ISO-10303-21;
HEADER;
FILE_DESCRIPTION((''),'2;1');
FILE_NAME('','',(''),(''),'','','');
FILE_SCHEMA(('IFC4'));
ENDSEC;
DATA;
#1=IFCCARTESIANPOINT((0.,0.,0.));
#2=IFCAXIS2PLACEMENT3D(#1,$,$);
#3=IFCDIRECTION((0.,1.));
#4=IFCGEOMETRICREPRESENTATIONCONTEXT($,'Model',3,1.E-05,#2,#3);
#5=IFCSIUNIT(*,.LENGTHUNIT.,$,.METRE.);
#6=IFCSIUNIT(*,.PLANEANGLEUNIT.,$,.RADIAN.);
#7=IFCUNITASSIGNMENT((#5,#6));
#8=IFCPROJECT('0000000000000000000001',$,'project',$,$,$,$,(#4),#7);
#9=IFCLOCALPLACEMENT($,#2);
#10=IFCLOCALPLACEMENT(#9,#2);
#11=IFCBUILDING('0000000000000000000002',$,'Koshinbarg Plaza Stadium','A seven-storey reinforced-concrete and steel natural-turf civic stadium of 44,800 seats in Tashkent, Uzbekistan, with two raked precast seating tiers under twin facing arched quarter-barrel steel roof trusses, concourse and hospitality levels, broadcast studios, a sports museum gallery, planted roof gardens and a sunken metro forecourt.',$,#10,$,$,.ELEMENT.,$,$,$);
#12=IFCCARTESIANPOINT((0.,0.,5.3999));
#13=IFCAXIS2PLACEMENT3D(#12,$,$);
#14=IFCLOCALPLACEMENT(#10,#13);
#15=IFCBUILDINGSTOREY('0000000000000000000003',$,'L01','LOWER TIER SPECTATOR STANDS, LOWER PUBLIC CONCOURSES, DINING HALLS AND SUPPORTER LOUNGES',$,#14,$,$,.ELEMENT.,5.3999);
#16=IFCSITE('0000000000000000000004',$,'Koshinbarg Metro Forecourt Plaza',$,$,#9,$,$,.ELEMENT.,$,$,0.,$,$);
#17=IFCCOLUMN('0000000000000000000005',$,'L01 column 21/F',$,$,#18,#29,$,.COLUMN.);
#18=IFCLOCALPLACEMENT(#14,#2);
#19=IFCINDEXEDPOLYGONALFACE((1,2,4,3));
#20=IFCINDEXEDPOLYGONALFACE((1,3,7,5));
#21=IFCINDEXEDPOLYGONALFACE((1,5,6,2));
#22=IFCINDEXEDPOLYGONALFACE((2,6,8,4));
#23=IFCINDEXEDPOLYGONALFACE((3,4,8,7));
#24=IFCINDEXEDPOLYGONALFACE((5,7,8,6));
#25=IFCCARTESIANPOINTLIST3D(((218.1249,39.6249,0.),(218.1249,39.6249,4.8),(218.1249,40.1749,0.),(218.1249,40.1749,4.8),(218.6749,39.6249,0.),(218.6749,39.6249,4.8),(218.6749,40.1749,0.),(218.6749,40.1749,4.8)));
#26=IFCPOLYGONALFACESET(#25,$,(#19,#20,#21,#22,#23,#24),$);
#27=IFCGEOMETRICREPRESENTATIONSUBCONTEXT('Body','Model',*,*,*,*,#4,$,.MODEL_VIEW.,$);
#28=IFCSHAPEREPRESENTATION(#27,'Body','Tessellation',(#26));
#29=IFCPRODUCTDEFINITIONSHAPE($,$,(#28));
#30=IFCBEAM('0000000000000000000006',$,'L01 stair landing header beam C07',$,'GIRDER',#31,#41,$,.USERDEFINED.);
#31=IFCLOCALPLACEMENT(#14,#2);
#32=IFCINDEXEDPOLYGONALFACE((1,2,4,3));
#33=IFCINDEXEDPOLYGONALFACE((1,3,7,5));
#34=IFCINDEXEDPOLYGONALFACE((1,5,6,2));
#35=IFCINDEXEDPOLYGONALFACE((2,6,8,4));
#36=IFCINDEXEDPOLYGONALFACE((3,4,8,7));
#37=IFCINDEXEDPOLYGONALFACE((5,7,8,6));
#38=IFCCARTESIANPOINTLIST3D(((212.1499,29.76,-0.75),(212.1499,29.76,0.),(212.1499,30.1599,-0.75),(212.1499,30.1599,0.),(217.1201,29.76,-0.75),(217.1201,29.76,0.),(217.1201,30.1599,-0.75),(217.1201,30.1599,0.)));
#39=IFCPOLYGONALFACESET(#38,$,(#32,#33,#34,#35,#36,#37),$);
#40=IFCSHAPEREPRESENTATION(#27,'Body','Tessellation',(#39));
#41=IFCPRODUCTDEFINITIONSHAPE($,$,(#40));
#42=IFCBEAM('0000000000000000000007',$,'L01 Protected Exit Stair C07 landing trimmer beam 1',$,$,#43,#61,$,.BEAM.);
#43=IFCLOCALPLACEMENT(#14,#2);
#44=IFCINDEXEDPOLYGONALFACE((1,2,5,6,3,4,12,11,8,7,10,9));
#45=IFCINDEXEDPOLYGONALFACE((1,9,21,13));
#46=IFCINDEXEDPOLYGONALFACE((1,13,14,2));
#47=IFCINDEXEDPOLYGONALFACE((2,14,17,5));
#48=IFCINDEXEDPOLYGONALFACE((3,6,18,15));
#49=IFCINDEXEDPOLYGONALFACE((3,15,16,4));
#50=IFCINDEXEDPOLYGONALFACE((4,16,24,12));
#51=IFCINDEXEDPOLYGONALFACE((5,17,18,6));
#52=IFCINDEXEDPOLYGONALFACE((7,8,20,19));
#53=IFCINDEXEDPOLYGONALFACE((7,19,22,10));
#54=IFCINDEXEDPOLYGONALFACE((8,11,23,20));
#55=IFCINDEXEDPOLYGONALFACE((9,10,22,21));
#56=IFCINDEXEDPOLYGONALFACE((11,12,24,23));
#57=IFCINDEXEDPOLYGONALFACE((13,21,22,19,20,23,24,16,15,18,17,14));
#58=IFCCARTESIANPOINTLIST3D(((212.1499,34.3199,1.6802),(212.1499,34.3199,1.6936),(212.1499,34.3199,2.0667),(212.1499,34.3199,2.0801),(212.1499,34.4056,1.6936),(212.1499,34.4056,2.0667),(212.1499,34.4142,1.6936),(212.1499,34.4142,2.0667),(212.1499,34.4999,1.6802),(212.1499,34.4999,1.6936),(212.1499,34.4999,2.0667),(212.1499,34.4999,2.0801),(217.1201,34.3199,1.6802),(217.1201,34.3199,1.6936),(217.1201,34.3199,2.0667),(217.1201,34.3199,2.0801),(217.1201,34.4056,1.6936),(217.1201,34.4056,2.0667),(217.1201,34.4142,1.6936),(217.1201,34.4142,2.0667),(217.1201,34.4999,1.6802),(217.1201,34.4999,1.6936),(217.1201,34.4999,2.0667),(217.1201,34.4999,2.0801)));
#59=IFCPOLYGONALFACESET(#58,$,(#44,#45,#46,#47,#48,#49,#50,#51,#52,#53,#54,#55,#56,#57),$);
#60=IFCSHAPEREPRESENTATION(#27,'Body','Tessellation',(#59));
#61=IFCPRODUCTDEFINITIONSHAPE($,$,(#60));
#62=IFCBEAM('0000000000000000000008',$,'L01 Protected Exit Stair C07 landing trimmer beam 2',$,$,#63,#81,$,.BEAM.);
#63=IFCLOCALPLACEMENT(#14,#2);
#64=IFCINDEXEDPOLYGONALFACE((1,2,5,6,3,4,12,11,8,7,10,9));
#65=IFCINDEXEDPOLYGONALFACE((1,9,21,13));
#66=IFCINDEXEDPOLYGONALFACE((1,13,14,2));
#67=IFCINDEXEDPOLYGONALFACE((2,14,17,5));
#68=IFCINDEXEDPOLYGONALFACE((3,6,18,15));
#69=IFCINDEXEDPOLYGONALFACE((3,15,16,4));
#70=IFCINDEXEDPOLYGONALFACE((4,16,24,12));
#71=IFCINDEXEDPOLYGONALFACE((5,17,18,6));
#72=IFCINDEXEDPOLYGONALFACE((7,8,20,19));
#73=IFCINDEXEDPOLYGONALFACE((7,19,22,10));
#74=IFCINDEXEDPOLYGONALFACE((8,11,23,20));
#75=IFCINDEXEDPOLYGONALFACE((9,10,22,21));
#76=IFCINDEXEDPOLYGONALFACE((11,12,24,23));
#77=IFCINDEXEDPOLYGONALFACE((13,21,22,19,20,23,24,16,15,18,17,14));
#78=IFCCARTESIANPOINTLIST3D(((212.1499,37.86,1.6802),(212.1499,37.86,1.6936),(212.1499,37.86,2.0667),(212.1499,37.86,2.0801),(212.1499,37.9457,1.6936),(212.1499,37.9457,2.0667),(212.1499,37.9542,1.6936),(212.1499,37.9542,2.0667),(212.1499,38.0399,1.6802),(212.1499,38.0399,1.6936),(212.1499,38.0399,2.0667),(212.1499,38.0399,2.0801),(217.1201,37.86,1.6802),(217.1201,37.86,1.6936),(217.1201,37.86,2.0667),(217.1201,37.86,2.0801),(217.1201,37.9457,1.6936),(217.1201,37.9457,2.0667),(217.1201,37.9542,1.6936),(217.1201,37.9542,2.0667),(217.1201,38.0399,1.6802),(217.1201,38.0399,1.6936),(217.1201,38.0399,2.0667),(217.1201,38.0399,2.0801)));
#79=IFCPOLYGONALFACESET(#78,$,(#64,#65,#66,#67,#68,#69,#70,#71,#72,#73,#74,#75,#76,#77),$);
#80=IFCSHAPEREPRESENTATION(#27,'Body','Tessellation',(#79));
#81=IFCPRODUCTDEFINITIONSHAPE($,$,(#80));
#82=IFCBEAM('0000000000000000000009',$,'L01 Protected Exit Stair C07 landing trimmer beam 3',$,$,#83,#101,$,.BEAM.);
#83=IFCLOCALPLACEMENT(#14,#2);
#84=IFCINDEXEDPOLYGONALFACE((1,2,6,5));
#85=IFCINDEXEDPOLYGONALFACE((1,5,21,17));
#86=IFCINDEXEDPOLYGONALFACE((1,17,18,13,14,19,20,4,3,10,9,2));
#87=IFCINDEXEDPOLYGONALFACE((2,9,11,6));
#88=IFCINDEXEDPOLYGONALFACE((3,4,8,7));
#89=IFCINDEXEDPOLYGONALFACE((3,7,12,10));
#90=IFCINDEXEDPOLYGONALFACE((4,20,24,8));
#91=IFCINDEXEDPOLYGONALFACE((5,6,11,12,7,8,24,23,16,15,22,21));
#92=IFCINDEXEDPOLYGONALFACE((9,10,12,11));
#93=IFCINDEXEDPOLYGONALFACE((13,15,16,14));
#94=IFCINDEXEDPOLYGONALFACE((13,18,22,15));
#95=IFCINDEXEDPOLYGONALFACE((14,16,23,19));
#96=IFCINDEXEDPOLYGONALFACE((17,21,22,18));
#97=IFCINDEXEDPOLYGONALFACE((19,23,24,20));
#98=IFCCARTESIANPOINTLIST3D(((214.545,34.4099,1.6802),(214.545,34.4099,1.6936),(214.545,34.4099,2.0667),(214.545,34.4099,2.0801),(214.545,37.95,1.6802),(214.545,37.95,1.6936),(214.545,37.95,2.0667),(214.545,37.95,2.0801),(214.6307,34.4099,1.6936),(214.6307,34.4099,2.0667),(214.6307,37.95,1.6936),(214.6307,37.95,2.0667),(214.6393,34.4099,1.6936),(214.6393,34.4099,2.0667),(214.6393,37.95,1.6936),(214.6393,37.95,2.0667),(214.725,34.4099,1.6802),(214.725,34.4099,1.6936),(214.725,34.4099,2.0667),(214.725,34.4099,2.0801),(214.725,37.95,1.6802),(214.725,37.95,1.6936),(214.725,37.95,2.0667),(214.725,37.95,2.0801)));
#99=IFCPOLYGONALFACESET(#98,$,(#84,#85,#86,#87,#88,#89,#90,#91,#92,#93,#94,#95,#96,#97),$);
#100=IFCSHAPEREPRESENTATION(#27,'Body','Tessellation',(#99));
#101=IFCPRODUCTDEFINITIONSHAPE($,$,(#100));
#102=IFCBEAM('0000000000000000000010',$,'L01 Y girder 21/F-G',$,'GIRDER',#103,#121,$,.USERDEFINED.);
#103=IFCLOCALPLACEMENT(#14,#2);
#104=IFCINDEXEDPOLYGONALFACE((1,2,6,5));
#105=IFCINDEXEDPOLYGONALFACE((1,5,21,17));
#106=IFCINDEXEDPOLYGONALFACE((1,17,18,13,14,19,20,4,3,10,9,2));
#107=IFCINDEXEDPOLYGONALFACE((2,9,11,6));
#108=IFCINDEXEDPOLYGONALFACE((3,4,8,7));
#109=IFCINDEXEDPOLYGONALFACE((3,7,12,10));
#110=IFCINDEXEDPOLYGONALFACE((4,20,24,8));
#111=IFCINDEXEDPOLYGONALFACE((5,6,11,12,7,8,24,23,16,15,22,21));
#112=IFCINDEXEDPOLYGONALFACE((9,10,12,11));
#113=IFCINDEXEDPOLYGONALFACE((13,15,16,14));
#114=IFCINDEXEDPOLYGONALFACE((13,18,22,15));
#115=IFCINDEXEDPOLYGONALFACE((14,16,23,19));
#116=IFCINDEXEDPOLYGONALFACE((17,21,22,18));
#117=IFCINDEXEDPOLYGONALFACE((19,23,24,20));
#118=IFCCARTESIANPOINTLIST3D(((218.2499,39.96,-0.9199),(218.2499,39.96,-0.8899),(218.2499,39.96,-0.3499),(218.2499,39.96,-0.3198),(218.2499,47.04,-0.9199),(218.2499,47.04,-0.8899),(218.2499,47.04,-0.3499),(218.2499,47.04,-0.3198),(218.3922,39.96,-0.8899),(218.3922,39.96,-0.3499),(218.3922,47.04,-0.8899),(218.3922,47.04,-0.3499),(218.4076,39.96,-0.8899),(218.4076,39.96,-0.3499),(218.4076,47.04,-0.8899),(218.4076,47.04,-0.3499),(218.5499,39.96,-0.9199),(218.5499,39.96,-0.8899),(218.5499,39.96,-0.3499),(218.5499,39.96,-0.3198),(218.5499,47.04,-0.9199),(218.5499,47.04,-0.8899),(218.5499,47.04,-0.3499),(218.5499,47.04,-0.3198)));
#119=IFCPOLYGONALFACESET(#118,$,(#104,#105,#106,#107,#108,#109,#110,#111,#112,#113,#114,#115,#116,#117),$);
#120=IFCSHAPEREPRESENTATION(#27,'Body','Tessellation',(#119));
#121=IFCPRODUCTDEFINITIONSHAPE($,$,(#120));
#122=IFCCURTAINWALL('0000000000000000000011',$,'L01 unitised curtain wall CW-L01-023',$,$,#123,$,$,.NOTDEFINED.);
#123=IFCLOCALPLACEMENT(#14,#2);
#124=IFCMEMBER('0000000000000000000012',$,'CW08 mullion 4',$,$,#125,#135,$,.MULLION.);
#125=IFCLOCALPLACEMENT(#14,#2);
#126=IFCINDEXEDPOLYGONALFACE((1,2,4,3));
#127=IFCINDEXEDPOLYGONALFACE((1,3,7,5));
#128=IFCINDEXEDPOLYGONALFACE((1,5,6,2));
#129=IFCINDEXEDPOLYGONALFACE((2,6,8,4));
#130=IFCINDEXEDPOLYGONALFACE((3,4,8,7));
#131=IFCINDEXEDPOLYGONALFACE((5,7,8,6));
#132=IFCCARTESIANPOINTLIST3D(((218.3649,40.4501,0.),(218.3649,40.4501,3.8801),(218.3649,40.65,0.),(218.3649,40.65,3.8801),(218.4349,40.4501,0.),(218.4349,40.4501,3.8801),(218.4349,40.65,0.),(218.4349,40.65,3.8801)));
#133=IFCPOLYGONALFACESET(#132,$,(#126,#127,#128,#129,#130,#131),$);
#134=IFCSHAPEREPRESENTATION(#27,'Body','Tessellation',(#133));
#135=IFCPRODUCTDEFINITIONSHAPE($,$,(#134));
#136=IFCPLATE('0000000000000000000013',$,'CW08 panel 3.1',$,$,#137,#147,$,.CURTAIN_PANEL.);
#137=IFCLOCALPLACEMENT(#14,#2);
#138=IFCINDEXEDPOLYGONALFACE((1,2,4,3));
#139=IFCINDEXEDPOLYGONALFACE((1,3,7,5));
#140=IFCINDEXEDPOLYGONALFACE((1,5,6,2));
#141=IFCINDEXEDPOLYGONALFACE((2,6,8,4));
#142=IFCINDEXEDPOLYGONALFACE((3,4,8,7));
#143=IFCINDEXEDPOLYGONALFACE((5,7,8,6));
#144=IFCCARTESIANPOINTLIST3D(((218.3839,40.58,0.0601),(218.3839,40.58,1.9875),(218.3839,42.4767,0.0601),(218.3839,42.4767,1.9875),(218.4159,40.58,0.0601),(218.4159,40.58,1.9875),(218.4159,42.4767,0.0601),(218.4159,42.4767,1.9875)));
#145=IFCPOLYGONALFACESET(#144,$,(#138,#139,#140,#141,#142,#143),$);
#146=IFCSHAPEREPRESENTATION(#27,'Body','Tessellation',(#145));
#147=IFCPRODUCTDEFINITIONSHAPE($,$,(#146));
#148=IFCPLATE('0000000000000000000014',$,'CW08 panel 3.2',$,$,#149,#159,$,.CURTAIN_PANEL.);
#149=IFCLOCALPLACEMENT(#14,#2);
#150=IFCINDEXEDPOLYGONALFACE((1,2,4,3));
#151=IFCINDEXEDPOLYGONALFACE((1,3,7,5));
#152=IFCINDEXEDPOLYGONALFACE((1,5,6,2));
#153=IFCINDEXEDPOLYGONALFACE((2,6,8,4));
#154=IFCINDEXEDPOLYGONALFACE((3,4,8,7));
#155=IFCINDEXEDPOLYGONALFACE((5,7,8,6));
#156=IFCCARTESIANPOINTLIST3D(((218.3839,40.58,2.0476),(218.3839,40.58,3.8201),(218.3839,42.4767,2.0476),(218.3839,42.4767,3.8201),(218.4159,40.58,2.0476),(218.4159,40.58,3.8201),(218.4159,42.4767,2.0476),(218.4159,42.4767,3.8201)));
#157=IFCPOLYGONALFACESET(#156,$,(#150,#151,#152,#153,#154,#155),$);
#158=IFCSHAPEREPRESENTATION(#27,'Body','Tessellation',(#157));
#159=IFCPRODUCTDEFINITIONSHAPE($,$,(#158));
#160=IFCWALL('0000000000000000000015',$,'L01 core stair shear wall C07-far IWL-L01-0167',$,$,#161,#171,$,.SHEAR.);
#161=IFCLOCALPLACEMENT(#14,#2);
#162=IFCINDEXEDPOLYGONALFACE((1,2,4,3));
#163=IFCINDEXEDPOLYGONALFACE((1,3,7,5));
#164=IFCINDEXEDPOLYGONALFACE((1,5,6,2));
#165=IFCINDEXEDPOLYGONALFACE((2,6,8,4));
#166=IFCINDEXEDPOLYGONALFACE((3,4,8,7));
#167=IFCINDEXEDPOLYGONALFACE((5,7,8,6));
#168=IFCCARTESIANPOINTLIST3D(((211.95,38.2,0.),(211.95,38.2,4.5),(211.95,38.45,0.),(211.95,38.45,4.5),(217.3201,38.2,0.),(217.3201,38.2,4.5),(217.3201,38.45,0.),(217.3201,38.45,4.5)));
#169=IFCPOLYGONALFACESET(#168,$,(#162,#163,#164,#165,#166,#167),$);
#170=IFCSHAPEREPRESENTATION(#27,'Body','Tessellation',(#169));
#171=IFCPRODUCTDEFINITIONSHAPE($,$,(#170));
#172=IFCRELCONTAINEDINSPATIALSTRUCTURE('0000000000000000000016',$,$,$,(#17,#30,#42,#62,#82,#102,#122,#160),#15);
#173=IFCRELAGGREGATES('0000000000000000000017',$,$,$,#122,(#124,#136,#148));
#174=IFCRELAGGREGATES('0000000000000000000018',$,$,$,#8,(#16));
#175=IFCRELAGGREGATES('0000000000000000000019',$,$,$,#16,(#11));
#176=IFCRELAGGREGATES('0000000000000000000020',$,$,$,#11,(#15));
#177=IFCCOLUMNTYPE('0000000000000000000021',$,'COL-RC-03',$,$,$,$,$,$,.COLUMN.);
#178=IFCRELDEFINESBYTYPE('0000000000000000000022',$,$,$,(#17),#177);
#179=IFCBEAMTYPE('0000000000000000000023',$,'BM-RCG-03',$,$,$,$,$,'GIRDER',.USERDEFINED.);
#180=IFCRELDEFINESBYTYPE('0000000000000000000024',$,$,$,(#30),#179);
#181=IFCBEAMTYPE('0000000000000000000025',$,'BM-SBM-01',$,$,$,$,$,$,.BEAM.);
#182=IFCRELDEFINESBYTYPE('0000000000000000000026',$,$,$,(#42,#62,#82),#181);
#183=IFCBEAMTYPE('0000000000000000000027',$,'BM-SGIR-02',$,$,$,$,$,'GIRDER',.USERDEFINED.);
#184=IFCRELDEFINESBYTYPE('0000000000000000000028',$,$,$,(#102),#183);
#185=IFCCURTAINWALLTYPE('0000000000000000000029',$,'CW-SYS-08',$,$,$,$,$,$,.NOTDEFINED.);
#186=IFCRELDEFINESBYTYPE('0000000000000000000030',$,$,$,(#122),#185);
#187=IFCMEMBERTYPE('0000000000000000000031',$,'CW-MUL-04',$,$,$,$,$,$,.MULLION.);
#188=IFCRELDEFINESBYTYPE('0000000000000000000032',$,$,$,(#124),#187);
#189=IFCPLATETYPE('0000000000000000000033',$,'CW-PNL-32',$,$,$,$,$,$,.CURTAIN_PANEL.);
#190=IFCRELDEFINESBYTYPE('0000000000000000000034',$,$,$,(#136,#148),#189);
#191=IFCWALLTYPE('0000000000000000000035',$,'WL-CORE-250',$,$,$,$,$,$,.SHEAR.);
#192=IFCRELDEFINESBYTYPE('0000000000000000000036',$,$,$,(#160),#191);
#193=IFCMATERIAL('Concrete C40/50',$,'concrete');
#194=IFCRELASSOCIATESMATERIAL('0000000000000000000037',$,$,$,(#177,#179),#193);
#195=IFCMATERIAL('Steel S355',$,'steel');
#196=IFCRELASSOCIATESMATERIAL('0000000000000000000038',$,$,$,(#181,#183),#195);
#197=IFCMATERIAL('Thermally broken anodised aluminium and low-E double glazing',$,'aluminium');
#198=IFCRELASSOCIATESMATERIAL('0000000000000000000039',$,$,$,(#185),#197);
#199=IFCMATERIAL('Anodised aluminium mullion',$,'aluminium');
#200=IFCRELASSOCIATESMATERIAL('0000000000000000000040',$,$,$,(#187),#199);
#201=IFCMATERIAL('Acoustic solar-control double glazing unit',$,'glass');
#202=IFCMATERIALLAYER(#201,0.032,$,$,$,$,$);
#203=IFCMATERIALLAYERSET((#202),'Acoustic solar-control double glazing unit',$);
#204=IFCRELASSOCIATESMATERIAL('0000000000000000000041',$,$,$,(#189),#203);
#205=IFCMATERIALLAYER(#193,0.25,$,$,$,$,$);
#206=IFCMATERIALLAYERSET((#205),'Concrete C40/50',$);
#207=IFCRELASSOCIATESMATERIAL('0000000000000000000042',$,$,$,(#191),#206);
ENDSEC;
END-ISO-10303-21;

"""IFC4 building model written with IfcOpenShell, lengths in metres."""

from ifc_helpers import new_model, si_unit, direction, frame, frame_2d, origin, origin_2d, place, context, subcontext, project, spatial, rectangle, i_section, extrude, material, layer, layer_set, material_profile, profile_set, type_object, element, aggregate, save


model = new_model("IFC4")

# Units and contexts
model_context = context("Model", 3, precision=1e-05, world=origin(), true_north=direction((0.0, 1.0)))
body_context = subcontext(model_context, "Body", "Model", "MODEL_VIEW")
ifc_project = project(units=[si_unit("LENGTHUNIT", "METRE"), si_unit("PLANEANGLEUNIT", "RADIAN")], contexts=[model_context])

# Site, building, storey
site_placement = place(None, origin())
site = spatial("IfcSite", under=ifc_project, at=site_placement, Name="Koshinbarg Metro Forecourt Plaza", CompositionType="ELEMENT", RefElevation=0.0)
building_placement = place(site_placement, origin())
building = spatial("IfcBuilding", under=site, at=building_placement, Name="Koshinbarg Plaza Stadium", Description="A seven-storey reinforced-concrete and steel natural-turf civic stadium of 44,800 seats in Tashkent, Uzbekistan, with two raked precast seating tiers under twin facing arched quarter-barrel steel roof trusses, concourse and hospitality levels, broadcast studios, a sports museum gallery, planted roof gardens and a sunken metro forecourt.", CompositionType="ELEMENT")
storey_placement = place(building_placement, frame((0.0, 0.0, 5.3999)))
storey = spatial("IfcBuildingStorey", under=building, at=storey_placement, Name="L01", Description="LOWER TIER SPECTATOR STANDS, LOWER PUBLIC CONCOURSES, DINING HALLS AND SUPPORTER LOUNGES", CompositionType="ELEMENT", Elevation=5.3999)

# Column
ifc_material_1 = material(Name="Concrete C40/50", Category="concrete")
ifc_material_profile_1 = material_profile(ifc_material_1, rectangle(XDim=0.55, YDim=0.55, at=origin_2d()), Name="RC 550x550")
ifc_profile_set_1 = profile_set([ifc_material_profile_1], Name="Concrete C40/50")
column_type = type_object("IfcColumnType", Name="COL-RC-03", PredefinedType="COLUMN", material=ifc_profile_set_1)
column_placement = place(storey_placement, frame((218.3999, 39.8999, 0.0), z_axis=(0.0, 0.0, 1.0), x_axis=(1.0, 0.0, 0.0)))
element("IfcColumn", 1, at=column_placement, inside=storey, type_object=column_type, Name="L01 column 21/F", PredefinedType="COLUMN", context=body_context, shape_type="SweptSolid", body=[
    extrude(rectangle(XDim=0.55, YDim=0.55, at=origin_2d()), origin(), (0.0, 0.0, 1.0), 4.8),
])

# Beams
ifc_material_profile_2 = material_profile(ifc_material_1, rectangle(XDim=0.3999, YDim=0.75, at=origin_2d()), Name="RC 400x750")
ifc_profile_set_2 = profile_set([ifc_material_profile_2], Name="Concrete C40/50")
beam_type_1 = type_object("IfcBeamType", Name="BM-RCG-03", ElementType="GIRDER", PredefinedType="USERDEFINED", material=ifc_profile_set_2)
beam_1_placement = place(storey_placement, frame((212.1499, 29.96, -0.375), z_axis=(1.0, 0.0, 0.0), x_axis=(0.0, 1.0, 0.0)))
element("IfcBeam", 2, at=beam_1_placement, inside=storey, type_object=beam_type_1, Name="L01 stair landing header beam C07", ObjectType="GIRDER", PredefinedType="USERDEFINED", context=body_context, shape_type="SweptSolid", body=[
    extrude(rectangle(XDim=0.3999, YDim=0.75, at=origin_2d()), origin(), (0.0, 0.0, 1.0), 4.9702),
])
ifc_material_2 = material(Name="Steel S355", Category="steel")
ifc_material_profile_3 = material_profile(ifc_material_2, i_section(OverallWidth=0.1799, OverallDepth=0.3999, WebThickness=0.0085, FlangeThickness=0.0134, at=origin_2d()), Name="IPE 400")
ifc_profile_set_3 = profile_set([ifc_material_profile_3], Name="Steel S355")
beam_type_2 = type_object("IfcBeamType", Name="BM-SBM-01", PredefinedType="BEAM", material=ifc_profile_set_3)
for number, where, z_axis, x_axis, name in (
    (3, (212.1499, 34.4099, 1.8801), (1.0, 0.0, 0.0), (0.0, 1.0, 0.0), "L01 Protected Exit Stair C07 landing trimmer beam 1"),
    (4, (212.1499, 37.95, 1.8801), (1.0, 0.0, 0.0), (0.0, 1.0, 0.0), "L01 Protected Exit Stair C07 landing trimmer beam 2"),
):
    element("IfcBeam", number, at=place(storey_placement, frame(where, z_axis=z_axis, x_axis=x_axis)), inside=storey, type_object=beam_type_2, Name=name, PredefinedType="BEAM", context=body_context, shape_type="SweptSolid", body=[
        extrude(i_section(OverallWidth=0.1799, OverallDepth=0.3999, WebThickness=0.0085, FlangeThickness=0.0134, at=origin_2d()), origin(), (0.0, 0.0, 1.0), 4.9702),
    ])
beam_2_placement = place(storey_placement, frame((214.635, 34.4099, 1.8801), z_axis=(0.0, 1.0, 0.0), x_axis=(-1.0, 0.0, 0.0)))
element("IfcBeam", 5, at=beam_2_placement, inside=storey, type_object=beam_type_2, Name="L01 Protected Exit Stair C07 landing trimmer beam 3", PredefinedType="BEAM", context=body_context, shape_type="SweptSolid", body=[
    extrude(i_section(OverallWidth=0.1799, OverallDepth=0.3999, WebThickness=0.0085, FlangeThickness=0.0134, at=origin_2d()), origin(), (0.0, 0.0, 1.0), 3.54),
])
ifc_material_profile_4 = material_profile(ifc_material_2, i_section(OverallWidth=0.3, OverallDepth=0.6001, WebThickness=0.0154, FlangeThickness=0.03, at=origin_2d()), Name="HEB 600")
ifc_profile_set_4 = profile_set([ifc_material_profile_4], Name="Steel S355")
beam_type_3 = type_object("IfcBeamType", Name="BM-SGIR-02", ElementType="GIRDER", PredefinedType="USERDEFINED", material=ifc_profile_set_4)
beam_3_placement = place(storey_placement, frame((218.3999, 39.96, -0.6199), z_axis=(0.0, 1.0, 0.0), x_axis=(-1.0, 0.0, 0.0)))
element("IfcBeam", 6, at=beam_3_placement, inside=storey, type_object=beam_type_3, Name="L01 Y girder 21/F-G", ObjectType="GIRDER", PredefinedType="USERDEFINED", context=body_context, shape_type="SweptSolid", body=[
    extrude(i_section(OverallWidth=0.3, OverallDepth=0.6001, WebThickness=0.0154, FlangeThickness=0.03, at=origin_2d()), origin(), (0.0, 0.0, 1.0), 7.0801),
])

# Curtain wall, member, plates
ifc_material_3 = material(Name="Thermally broken anodised aluminium and low-E double glazing", Category="aluminium")
curtain_wall_type = type_object("IfcCurtainWallType", Name="CW-SYS-08", PredefinedType="NOTDEFINED", material=ifc_material_3)
curtain_wall_placement = place(storey_placement, origin())
curtain_wall = element("IfcCurtainWall", 7, at=curtain_wall_placement, inside=storey, type_object=curtain_wall_type, Name="L01 unitised curtain wall CW-L01-023", PredefinedType="NOTDEFINED")
ifc_material_4 = material(Name="Anodised aluminium mullion", Category="aluminium")
ifc_material_profile_5 = material_profile(ifc_material_4, rectangle(XDim=0.0701, YDim=0.2, at=origin_2d()), Name="ALU 70x200")
ifc_profile_set_5 = profile_set([ifc_material_profile_5], Name="Anodised aluminium mullion")
member_type = type_object("IfcMemberType", Name="CW-MUL-04", PredefinedType="MULLION", material=ifc_profile_set_5)
member_placement = place(storey_placement, frame((218.3999, 40.55, 0.0), z_axis=(0.0, 0.0, 1.0), x_axis=(1.0, 0.0, 0.0)))
member = element("IfcMember", 8, at=member_placement, type_object=member_type, Name="CW08 mullion 4", PredefinedType="MULLION", context=body_context, shape_type="SweptSolid", body=[
    extrude(rectangle(XDim=0.0701, YDim=0.2, at=origin_2d()), origin(), (0.0, 0.0, 1.0), 3.8801),
])
ifc_material_5 = material(Name="Acoustic solar-control double glazing unit", Category="glass")
ifc_layer_1 = layer(ifc_material_5, 0.032)
ifc_layer_set_1 = layer_set([ifc_layer_1], Name="Acoustic solar-control double glazing unit")
plate_type = type_object("IfcPlateType", Name="CW-PNL-32", PredefinedType="CURTAIN_PANEL", material=ifc_layer_set_1)
plate_1_placement = place(storey_placement, frame((218.3999, 41.5283, 0.0601), z_axis=(0.0, 0.0, 1.0), x_axis=(0.0, -1.0, 0.0)))
plate_1 = element("IfcPlate", 9, at=plate_1_placement, type_object=plate_type, Name="CW08 panel 3.1", PredefinedType="CURTAIN_PANEL", context=body_context, shape_type="SweptSolid", body=[
    extrude(rectangle(XDim=1.8967, YDim=0.032, at=origin_2d()), origin(), (0.0, 0.0, 1.0), 1.9275),
])
plate_2_placement = place(storey_placement, frame((218.3999, 41.5283, 2.0476), z_axis=(0.0, 0.0, 1.0), x_axis=(0.0, -1.0, 0.0)))
plate_2 = element("IfcPlate", 10, at=plate_2_placement, type_object=plate_type, Name="CW08 panel 3.2", PredefinedType="CURTAIN_PANEL", context=body_context, shape_type="SweptSolid", body=[
    extrude(rectangle(XDim=1.8967, YDim=0.032, at=origin_2d()), origin(), (0.0, 0.0, 1.0), 1.7725),
])
aggregate(curtain_wall, [member, plate_1, plate_2])

# Wall
ifc_layer_2 = layer(ifc_material_1, 0.25)
ifc_layer_set_2 = layer_set([ifc_layer_2], Name="Concrete C40/50")
wall_type_1 = type_object("IfcWallType", Name="WL-CORE-250", PredefinedType="SHEAR", material=ifc_layer_set_2)
wall_1_placement = place(storey_placement, frame((217.3201, 38.325, 0.0), z_axis=(0.0, 0.0, 1.0), x_axis=(-1.0, 0.0, 0.0)))
element("IfcWall", 11, at=wall_1_placement, inside=storey, type_object=wall_type_1, Name="L01 core stair shear wall C07-far IWL-L01-0167", PredefinedType="SHEAR", context=body_context, shape_type="SweptSolid", body=[
    extrude(rectangle(XDim=5.3701, YDim=0.25, at=frame_2d((2.6851, 0.0))), origin(), (0.0, 0.0, 1.0), 4.5),
])

save(model, "model.ifc")
